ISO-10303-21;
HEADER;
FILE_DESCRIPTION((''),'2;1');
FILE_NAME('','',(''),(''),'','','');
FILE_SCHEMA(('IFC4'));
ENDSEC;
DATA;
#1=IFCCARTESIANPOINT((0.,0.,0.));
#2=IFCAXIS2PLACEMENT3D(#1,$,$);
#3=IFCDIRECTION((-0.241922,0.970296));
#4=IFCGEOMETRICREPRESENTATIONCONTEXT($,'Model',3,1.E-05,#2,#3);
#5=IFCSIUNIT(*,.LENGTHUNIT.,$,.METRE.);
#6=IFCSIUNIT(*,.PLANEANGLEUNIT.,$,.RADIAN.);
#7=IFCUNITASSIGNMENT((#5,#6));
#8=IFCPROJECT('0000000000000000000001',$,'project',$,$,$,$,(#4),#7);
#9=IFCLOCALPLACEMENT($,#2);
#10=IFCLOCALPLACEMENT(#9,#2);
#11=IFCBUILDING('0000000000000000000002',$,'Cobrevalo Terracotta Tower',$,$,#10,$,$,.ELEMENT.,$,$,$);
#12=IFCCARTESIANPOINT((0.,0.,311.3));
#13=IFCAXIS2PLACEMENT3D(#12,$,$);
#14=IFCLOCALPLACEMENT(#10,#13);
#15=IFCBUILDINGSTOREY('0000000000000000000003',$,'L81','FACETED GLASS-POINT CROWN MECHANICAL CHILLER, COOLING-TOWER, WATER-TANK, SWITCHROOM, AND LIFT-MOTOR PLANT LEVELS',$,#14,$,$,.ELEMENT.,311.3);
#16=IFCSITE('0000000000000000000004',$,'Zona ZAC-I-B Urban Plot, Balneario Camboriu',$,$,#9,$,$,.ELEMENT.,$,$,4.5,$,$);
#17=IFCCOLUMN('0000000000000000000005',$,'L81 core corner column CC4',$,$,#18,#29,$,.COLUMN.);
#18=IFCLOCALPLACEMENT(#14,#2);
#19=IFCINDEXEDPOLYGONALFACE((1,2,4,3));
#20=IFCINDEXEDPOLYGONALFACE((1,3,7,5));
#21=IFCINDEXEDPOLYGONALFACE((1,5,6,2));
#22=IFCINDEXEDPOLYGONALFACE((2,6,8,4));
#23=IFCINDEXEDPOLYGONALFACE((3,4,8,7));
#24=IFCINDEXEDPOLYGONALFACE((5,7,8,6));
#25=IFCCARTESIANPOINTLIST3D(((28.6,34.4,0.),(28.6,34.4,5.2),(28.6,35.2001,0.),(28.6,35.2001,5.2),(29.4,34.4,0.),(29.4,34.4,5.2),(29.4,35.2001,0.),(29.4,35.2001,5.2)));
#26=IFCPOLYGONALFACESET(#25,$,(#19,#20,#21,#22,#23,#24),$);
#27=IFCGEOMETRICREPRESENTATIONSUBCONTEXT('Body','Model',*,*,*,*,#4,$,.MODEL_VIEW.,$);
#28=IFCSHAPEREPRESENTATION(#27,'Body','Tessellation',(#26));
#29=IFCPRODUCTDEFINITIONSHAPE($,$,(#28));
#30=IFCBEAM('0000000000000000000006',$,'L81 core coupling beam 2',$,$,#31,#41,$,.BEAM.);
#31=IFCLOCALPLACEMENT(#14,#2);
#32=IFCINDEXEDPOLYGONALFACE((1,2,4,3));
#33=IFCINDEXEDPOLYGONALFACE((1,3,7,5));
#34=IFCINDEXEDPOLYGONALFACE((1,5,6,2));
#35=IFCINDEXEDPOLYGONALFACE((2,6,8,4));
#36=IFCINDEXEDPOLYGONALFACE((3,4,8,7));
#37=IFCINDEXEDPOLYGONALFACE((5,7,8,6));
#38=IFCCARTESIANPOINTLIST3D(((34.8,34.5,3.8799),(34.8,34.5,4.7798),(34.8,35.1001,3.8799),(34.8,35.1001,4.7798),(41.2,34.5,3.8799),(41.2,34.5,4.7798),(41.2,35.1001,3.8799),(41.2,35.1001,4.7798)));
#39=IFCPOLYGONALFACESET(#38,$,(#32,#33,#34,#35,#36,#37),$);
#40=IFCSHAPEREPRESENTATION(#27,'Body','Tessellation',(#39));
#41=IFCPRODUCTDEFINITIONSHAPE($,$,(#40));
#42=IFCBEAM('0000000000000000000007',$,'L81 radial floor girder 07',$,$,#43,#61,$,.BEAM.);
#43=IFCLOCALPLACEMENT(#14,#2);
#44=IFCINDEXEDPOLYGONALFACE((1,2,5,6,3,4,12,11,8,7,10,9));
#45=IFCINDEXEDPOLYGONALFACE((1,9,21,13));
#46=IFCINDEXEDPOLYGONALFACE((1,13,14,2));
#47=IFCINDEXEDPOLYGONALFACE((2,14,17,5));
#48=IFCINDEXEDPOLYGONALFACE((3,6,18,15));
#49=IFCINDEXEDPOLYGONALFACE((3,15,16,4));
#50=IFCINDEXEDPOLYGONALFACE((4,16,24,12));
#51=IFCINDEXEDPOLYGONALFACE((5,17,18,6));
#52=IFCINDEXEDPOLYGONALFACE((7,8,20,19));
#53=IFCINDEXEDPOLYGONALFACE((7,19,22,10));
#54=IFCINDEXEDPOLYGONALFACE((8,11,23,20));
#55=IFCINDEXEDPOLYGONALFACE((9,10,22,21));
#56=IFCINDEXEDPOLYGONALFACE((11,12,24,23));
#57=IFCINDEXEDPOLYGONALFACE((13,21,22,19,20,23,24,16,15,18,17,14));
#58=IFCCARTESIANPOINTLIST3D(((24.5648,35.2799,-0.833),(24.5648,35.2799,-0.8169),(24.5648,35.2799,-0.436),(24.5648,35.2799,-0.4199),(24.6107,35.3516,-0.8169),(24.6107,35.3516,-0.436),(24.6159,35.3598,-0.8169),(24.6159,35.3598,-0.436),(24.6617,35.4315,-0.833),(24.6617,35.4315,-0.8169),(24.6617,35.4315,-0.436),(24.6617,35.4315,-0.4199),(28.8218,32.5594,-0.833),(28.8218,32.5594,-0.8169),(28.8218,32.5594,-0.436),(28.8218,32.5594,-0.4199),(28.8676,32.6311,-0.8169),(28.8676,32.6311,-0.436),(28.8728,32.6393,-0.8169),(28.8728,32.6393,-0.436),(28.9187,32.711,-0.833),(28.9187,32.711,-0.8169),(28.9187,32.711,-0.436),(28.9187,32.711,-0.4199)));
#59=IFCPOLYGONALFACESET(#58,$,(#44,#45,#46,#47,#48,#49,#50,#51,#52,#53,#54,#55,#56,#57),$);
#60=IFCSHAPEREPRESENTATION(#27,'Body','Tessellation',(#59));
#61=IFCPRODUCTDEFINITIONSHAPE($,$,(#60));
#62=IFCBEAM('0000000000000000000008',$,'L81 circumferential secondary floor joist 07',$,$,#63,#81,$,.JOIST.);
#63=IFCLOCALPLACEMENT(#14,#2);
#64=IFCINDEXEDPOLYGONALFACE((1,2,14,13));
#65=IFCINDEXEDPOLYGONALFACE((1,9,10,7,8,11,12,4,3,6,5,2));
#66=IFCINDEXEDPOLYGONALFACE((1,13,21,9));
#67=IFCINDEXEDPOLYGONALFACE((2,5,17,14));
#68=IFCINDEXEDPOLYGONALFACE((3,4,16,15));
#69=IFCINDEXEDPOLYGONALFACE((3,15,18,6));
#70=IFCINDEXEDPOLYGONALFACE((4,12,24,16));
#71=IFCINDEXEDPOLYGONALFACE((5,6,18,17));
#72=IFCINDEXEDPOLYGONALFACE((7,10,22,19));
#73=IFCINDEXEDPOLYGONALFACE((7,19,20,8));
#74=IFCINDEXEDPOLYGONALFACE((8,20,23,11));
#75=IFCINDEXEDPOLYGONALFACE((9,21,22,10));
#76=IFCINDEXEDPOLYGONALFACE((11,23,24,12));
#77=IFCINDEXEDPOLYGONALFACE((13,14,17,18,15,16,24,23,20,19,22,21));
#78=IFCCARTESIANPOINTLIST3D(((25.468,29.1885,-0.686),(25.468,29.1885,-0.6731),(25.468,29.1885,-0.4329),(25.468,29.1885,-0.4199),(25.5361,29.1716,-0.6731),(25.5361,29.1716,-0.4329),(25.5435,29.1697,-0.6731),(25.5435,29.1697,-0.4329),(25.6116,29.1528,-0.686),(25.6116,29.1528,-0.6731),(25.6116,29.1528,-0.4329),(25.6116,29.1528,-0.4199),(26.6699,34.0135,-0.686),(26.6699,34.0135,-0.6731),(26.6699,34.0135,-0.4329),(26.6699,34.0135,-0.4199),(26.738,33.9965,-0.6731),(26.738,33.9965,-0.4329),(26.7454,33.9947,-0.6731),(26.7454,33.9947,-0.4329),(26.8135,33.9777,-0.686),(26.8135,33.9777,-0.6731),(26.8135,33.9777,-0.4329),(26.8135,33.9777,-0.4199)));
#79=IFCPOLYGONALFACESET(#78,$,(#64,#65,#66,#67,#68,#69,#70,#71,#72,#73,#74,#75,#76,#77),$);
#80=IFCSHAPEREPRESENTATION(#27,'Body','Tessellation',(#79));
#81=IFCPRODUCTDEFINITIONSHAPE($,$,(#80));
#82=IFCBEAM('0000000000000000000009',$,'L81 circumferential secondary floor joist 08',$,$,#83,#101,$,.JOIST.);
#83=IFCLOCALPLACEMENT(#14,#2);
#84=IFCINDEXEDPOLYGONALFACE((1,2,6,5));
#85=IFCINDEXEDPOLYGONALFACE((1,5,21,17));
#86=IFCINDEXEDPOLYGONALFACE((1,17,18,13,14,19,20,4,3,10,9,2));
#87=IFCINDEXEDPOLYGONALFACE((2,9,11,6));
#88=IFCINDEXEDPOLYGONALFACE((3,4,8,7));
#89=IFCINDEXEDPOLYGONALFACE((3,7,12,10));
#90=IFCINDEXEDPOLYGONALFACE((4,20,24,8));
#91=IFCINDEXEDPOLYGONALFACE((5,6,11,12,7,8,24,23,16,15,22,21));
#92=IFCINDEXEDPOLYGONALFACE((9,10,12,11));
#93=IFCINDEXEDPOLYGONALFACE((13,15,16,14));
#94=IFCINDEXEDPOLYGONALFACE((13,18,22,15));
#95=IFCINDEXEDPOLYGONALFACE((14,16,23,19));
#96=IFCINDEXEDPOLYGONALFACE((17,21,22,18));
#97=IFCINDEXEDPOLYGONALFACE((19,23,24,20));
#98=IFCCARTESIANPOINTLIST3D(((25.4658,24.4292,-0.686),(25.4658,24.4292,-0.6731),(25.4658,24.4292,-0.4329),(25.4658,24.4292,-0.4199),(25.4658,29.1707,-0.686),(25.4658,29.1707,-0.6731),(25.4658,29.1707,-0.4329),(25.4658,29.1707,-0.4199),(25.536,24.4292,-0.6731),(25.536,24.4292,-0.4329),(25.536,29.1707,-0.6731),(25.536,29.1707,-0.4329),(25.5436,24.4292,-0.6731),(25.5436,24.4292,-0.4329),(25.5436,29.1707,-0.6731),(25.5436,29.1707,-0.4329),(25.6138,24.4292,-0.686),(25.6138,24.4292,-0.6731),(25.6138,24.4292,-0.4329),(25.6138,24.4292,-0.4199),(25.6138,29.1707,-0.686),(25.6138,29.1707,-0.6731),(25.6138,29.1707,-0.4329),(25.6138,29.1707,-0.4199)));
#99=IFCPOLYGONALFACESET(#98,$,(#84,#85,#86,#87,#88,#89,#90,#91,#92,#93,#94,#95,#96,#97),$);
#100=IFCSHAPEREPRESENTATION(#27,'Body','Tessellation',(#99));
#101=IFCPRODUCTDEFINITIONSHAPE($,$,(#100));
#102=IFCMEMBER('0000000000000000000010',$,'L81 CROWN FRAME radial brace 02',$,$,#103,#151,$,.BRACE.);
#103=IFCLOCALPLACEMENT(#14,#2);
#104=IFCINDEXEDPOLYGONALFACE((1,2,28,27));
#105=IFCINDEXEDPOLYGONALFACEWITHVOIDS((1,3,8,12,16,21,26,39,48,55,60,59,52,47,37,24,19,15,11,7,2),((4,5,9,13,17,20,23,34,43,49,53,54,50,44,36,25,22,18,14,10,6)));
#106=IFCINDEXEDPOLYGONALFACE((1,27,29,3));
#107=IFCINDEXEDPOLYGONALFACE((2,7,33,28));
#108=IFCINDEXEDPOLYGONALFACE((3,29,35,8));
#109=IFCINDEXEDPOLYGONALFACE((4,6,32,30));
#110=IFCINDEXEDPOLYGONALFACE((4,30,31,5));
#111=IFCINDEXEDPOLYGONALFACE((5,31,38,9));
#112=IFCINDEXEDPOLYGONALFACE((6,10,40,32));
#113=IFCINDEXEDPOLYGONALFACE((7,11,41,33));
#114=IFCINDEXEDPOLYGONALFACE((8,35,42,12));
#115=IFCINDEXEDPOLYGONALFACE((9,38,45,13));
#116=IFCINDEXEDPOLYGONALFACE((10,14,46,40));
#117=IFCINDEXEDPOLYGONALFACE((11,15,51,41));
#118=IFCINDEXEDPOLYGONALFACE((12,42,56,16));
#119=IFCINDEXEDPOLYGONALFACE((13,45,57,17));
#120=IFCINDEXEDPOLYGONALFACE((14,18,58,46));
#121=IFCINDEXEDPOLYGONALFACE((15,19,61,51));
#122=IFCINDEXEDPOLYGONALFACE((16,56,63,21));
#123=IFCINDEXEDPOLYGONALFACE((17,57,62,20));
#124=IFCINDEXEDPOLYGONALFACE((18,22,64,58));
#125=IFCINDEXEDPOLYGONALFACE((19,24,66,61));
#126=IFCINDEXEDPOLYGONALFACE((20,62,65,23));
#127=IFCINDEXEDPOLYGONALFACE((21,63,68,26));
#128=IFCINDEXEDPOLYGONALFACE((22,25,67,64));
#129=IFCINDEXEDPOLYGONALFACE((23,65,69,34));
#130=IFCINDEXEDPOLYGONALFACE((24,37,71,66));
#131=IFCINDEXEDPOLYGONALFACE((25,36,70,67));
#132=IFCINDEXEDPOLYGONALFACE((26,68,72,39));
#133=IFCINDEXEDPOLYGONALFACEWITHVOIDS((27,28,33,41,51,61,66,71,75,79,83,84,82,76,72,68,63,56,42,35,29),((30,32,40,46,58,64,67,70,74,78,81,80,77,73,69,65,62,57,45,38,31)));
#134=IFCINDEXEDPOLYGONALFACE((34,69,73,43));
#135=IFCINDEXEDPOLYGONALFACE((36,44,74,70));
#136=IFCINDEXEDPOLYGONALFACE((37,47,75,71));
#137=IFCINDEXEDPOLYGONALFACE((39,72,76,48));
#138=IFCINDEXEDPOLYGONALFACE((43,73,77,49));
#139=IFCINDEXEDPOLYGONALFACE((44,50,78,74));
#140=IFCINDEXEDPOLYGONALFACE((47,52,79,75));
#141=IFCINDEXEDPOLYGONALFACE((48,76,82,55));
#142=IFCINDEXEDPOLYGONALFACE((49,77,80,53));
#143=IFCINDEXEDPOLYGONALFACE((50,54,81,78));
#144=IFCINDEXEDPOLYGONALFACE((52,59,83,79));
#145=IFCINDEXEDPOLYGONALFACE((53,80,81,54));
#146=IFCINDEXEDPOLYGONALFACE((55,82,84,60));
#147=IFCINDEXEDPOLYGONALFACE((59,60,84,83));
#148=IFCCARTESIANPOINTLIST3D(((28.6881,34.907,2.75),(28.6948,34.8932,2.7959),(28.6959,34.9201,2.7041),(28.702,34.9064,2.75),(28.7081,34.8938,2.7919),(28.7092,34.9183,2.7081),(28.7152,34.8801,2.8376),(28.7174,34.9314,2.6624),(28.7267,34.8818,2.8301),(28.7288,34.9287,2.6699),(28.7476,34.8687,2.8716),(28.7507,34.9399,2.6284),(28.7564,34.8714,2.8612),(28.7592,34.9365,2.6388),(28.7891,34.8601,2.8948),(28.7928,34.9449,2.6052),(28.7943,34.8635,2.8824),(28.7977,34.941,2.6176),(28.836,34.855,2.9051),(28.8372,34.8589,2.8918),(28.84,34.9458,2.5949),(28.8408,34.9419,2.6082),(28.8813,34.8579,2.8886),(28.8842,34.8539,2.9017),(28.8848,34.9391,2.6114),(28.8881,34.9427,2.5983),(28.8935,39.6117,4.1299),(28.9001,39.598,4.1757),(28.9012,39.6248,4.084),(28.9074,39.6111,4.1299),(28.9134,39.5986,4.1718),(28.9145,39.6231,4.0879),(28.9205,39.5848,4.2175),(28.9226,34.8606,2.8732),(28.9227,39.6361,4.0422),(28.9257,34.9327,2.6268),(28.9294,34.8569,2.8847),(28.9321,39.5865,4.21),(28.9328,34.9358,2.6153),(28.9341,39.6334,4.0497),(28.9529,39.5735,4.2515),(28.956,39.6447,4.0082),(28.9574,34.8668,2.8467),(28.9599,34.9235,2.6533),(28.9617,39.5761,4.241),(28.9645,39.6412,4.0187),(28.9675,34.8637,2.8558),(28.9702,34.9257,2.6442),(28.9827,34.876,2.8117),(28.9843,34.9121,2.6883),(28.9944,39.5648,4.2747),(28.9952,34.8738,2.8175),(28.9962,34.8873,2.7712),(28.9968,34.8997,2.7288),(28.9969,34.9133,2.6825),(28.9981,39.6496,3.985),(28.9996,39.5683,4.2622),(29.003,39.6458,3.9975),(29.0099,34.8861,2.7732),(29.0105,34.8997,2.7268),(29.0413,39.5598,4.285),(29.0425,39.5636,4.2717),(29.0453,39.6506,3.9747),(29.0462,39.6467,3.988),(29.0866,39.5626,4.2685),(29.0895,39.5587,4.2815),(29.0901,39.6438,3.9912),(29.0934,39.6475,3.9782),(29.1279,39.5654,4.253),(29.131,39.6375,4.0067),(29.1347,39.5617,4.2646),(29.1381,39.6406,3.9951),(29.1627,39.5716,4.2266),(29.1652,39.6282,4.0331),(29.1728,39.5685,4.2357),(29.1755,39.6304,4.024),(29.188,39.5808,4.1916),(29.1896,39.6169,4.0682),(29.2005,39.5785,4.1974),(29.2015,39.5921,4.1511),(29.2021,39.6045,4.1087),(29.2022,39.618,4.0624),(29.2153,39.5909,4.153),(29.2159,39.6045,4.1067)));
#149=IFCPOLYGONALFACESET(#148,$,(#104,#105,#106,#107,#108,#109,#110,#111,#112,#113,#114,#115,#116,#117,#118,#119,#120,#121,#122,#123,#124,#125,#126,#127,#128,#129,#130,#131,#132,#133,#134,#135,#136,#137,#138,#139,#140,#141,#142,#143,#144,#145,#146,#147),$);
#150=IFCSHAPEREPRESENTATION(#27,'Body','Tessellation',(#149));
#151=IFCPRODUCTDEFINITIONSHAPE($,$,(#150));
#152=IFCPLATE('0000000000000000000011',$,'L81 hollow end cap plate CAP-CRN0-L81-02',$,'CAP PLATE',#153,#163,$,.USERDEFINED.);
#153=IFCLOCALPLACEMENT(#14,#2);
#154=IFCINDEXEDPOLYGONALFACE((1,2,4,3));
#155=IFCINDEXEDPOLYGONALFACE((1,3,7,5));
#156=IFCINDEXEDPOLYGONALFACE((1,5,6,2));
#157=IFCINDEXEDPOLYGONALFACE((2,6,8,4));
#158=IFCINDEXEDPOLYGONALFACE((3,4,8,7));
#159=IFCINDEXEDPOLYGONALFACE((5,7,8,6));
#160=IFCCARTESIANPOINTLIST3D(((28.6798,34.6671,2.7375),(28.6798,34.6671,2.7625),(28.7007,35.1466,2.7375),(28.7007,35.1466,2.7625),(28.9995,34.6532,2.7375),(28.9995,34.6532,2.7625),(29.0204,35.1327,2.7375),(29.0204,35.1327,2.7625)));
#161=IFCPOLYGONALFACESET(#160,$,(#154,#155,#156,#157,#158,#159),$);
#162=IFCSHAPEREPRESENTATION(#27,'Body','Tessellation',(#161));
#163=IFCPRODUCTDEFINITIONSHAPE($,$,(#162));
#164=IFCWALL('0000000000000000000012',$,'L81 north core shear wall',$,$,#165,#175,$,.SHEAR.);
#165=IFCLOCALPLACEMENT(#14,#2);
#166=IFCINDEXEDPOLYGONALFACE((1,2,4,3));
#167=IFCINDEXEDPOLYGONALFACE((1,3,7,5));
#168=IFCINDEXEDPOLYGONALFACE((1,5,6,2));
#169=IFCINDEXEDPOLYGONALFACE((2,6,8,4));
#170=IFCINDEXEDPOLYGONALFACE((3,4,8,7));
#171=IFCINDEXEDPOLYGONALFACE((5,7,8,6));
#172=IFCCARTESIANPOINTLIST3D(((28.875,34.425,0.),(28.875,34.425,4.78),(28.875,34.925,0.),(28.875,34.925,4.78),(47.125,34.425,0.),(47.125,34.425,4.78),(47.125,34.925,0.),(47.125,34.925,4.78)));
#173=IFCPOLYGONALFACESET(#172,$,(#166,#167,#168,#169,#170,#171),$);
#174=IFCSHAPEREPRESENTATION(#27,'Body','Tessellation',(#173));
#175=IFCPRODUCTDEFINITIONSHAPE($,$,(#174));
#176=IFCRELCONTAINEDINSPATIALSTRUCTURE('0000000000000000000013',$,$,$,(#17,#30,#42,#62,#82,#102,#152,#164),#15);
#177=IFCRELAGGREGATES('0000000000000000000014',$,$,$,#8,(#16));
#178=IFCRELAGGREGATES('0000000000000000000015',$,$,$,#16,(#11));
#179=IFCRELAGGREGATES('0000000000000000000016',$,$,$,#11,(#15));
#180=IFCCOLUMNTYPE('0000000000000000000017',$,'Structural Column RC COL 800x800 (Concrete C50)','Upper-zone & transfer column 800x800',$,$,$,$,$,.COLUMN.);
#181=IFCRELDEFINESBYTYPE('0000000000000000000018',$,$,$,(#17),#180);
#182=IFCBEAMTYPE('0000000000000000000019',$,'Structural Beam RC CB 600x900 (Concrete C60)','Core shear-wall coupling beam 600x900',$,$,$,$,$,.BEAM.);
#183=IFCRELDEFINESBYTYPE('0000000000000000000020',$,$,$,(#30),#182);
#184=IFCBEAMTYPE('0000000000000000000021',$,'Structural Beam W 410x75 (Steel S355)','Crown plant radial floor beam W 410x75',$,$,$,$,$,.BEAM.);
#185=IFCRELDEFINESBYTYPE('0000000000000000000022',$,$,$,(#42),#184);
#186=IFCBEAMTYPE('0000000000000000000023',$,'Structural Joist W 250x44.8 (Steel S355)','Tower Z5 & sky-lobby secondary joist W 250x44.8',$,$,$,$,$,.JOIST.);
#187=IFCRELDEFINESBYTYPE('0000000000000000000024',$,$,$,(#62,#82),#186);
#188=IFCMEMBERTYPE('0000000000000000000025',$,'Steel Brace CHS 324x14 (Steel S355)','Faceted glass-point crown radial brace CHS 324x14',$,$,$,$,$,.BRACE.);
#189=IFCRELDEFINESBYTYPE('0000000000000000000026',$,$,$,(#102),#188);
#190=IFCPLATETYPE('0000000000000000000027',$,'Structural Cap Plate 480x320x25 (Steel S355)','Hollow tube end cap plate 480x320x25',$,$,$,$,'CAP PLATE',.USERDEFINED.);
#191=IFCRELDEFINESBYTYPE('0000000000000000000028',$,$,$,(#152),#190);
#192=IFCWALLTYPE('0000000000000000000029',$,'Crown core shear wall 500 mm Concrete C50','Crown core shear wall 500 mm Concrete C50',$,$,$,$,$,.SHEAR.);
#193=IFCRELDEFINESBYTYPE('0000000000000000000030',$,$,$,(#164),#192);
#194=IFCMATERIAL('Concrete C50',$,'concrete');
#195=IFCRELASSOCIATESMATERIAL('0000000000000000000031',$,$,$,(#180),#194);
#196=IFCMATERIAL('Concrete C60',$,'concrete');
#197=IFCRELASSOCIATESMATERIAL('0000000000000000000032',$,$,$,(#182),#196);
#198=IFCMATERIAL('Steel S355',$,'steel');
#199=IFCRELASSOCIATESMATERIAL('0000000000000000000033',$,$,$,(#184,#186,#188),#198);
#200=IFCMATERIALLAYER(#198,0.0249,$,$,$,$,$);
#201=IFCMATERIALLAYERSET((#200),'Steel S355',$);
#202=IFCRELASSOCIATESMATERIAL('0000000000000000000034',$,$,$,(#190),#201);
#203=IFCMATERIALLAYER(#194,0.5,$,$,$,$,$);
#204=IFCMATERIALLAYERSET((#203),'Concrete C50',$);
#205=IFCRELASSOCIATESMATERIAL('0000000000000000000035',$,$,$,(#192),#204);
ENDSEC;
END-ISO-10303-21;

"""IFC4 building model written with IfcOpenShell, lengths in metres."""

from ifc_helpers import new_model, si_unit, direction, frame, frame_2d, origin, origin_2d, place, context, subcontext, project, spatial, rectangle, hollow_circle, i_section, extrude, source, transform, mapped, material, layer, layer_set, material_profile, profile_set, type_object, element, save


model = new_model("IFC4")

# Units and contexts
model_context = context("Model", 3, precision=1e-05, world=origin(), true_north=direction((-0.241922, 0.970296)))
body_context = subcontext(model_context, "Body", "Model", "MODEL_VIEW")
ifc_project = project(units=[si_unit("LENGTHUNIT", "METRE"), si_unit("PLANEANGLEUNIT", "RADIAN")], contexts=[model_context])

# Site, building, storey
site_placement = place(None, origin())
site = spatial("IfcSite", under=ifc_project, at=site_placement, Name="Zona ZAC-I-B Urban Plot, Balneario Camboriu", CompositionType="ELEMENT", RefElevation=4.5)
building_placement = place(site_placement, origin())
building = spatial("IfcBuilding", under=site, at=building_placement, Name="Cobrevalo Terracotta Tower", CompositionType="ELEMENT")
storey_placement = place(building_placement, frame((0.0, 0.0, 311.3)))
storey = spatial("IfcBuildingStorey", under=building, at=storey_placement, Name="L81", Description="FACETED GLASS-POINT CROWN MECHANICAL CHILLER, COOLING-TOWER, WATER-TANK, SWITCHROOM, AND LIFT-MOTOR PLANT LEVELS", CompositionType="ELEMENT", Elevation=311.3)

# Column
ifc_material_1 = material(Name="Concrete C50", Category="concrete")
ifc_material_profile_1 = material_profile(ifc_material_1, rectangle(XDim=0.8, YDim=0.8, at=origin_2d()), Name="RC COL 800x800")
ifc_profile_set_1 = profile_set([ifc_material_profile_1], Name="Concrete C50")
column_type = type_object("IfcColumnType", Name="Structural Column RC COL 800x800 (Concrete C50)", Description="Upper-zone & transfer column 800x800", PredefinedType="COLUMN", material=ifc_profile_set_1)
column_placement = place(storey_placement, frame((29.0, 34.8, 0.0), z_axis=(0.0, 0.0, 1.0), x_axis=(1.0, 0.0, 0.0)))
element("IfcColumn", 1, at=column_placement, inside=storey, type_object=column_type, Name="L81 core corner column CC4", PredefinedType="COLUMN", context=body_context, shape_type="SweptSolid", body=[
    extrude(rectangle(XDim=0.8, YDim=0.8, at=origin_2d()), origin(), (0.0, 0.0, 1.0), 5.2),
])

# Beams
ifc_material_2 = material(Name="Concrete C60", Category="concrete")
ifc_material_profile_2 = material_profile(ifc_material_2, rectangle(XDim=0.6001, YDim=0.8999, at=origin_2d()), Name="RC CB 600x900")
ifc_profile_set_2 = profile_set([ifc_material_profile_2], Name="Concrete C60")
beam_type_1 = type_object("IfcBeamType", Name="Structural Beam RC CB 600x900 (Concrete C60)", Description="Core shear-wall coupling beam 600x900", PredefinedType="BEAM", material=ifc_profile_set_2)
beam_1_placement = place(storey_placement, frame((34.8, 34.8, 4.3298), z_axis=(1.0, 0.0, 0.0), x_axis=(0.0, 1.0, 0.0)))
element("IfcBeam", 2, at=beam_1_placement, inside=storey, type_object=beam_type_1, Name="L81 core coupling beam 2", PredefinedType="BEAM", context=body_context, shape_type="SweptSolid", body=[
    extrude(rectangle(XDim=0.6001, YDim=0.8999, at=origin_2d()), origin(), (0.0, 0.0, 1.0), 6.3999),
])
ifc_material_3 = material(Name="Steel S355", Category="steel")
ifc_material_profile_3 = material_profile(ifc_material_3, i_section(OverallWidth=0.1799, OverallDepth=0.4131, WebThickness=0.0098, FlangeThickness=0.0161, at=origin_2d()), Name="W 410x75")
ifc_profile_set_3 = profile_set([ifc_material_profile_3], Name="Steel S355")
beam_type_2 = type_object("IfcBeamType", Name="Structural Beam W 410x75 (Steel S355)", Description="Crown plant radial floor beam W 410x75", PredefinedType="BEAM", material=ifc_profile_set_3)
beam_2_placement = place(storey_placement, frame((24.6133, 35.3557, -0.6265), z_axis=(0.842623, -0.538504, 0.0), x_axis=(0.538504, 0.842623, 0.0)))
element("IfcBeam", 3, at=beam_2_placement, inside=storey, type_object=beam_type_2, Name="L81 radial floor girder 07", PredefinedType="BEAM", context=body_context, shape_type="SweptSolid", body=[
    extrude(i_section(OverallWidth=0.1799, OverallDepth=0.4131, WebThickness=0.0098, FlangeThickness=0.0161, at=origin_2d()), origin(), (0.0, 0.0, 1.0), 5.052),
])
ifc_material_profile_4 = material_profile(ifc_material_3, i_section(OverallWidth=0.1479, OverallDepth=0.2661, WebThickness=0.0076, FlangeThickness=0.0129, at=origin_2d()), Name="W 250x44.8")
ifc_profile_set_4 = profile_set([ifc_material_profile_4], Name="Steel S355")
beam_type_3 = type_object("IfcBeamType", Name="Structural Joist W 250x44.8 (Steel S355)", Description="Tower Z5 & sky-lobby secondary joist W 250x44.8", PredefinedType="JOIST", material=ifc_profile_set_4)
beam_3_placement = place(storey_placement, frame((26.7417, 33.9956, -0.553), z_axis=(-0.241715, -0.970347, 0.0), x_axis=(0.970347, -0.241715, 0.0)))
element("IfcBeam", 4, at=beam_3_placement, inside=storey, type_object=beam_type_3, Name="L81 circumferential secondary floor joist 07", PredefinedType="JOIST", context=body_context, shape_type="SweptSolid", body=[
    extrude(i_section(OverallWidth=0.1479, OverallDepth=0.2661, WebThickness=0.0076, FlangeThickness=0.0129, at=origin_2d()), origin(), (0.0, 0.0, 1.0), 4.9724),
])
beam_4_placement = place(storey_placement, frame((25.5398, 29.1707, -0.553), z_axis=(0.0, -1.0, 0.0), x_axis=(1.0, 0.0, 0.0)))
element("IfcBeam", 5, at=beam_4_placement, inside=storey, type_object=beam_type_3, Name="L81 circumferential secondary floor joist 08", PredefinedType="JOIST", context=body_context, shape_type="SweptSolid", body=[
    extrude(i_section(OverallWidth=0.1479, OverallDepth=0.2661, WebThickness=0.0076, FlangeThickness=0.0129, at=origin_2d()), origin(), (0.0, 0.0, 1.0), 4.7415),
])

# Member
ifc_material_profile_5 = material_profile(ifc_material_3, hollow_circle(Radius=0.1621, WallThickness=0.0139, at=origin_2d()), Name="CHS 324x14")
ifc_profile_set_5 = profile_set([ifc_material_profile_5], Name="Steel S355")
member_type = type_object("IfcMemberType", Name="Steel Brace CHS 324x14 (Steel S355)", Description="Faceted glass-point crown radial brace CHS 324x14", PredefinedType="BRACE", material=ifc_profile_set_5)
shared_shape_1 = source(origin(), body_context, "Body", "SweptSolid", [
    extrude(hollow_circle(Radius=0.1621, WallThickness=0.0139, at=origin_2d()), origin(), (0.0, 0.0, 1.0), 4.9072),
])
member_placement = place(storey_placement, frame((28.8501, 34.8999, 2.75), z_axis=(0.04184, 0.95874, 0.281189), x_axis=(-0.999049, 0.043599, 0.0)))
element("IfcMember", 6, at=member_placement, inside=storey, type_object=member_type, Name="L81 CROWN FRAME radial brace 02", PredefinedType="BRACE", context=body_context, shape_type="MappedRepresentation", body=[
    mapped(shared_shape_1, transform((0.0, 0.0, 0.0), scale=1.0)),
])

# Plate
ifc_layer_1 = layer(ifc_material_3, 0.0249)
ifc_layer_set_1 = layer_set([ifc_layer_1], Name="Steel S355")
plate_type = type_object("IfcPlateType", Name="Structural Cap Plate 480x320x25 (Steel S355)", Description="Hollow tube end cap plate 480x320x25", ElementType="CAP PLATE", PredefinedType="USERDEFINED", material=ifc_layer_set_1)
shared_shape_2 = source(origin(), body_context, "Body", "SweptSolid", [
    extrude(rectangle(XDim=0.48, YDim=0.3201, at=origin_2d()), origin(), (0.0, 0.0, 1.0), 0.0249),
])
plate_placement = place(storey_placement, frame((28.8501, 34.8999, 2.7375), z_axis=(0.0, 0.0, 1.0), x_axis=(0.0436, 0.999049, 0.0)))
element("IfcPlate", 7, at=plate_placement, inside=storey, type_object=plate_type, Name="L81 hollow end cap plate CAP-CRN0-L81-02", ObjectType="CAP PLATE", PredefinedType="USERDEFINED", context=body_context, shape_type="MappedRepresentation", body=[
    mapped(shared_shape_2, transform((0.0, 0.0, 0.0), scale=1.0)),
])

# Wall
ifc_layer_2 = layer(ifc_material_1, 0.5)
ifc_layer_set_2 = layer_set([ifc_layer_2], Name="Concrete C50")
wall_type_1 = type_object("IfcWallType", Name="Crown core shear wall 500 mm Concrete C50", Description="Crown core shear wall 500 mm Concrete C50", PredefinedType="SHEAR", material=ifc_layer_set_2)
wall_1_placement = place(storey_placement, frame((28.875, 34.675, 0.0), z_axis=(0.0, 0.0, 1.0), x_axis=(1.0, 0.0, 0.0)))
element("IfcWall", 8, at=wall_1_placement, inside=storey, type_object=wall_type_1, Name="L81 north core shear wall", PredefinedType="SHEAR", context=body_context, shape_type="SweptSolid", body=[
    extrude(rectangle(XDim=18.25, YDim=0.5, at=frame_2d((9.125, 0.0))), origin(), (0.0, 0.0, 1.0), 4.78),
])

save(model, "model.ifc")
